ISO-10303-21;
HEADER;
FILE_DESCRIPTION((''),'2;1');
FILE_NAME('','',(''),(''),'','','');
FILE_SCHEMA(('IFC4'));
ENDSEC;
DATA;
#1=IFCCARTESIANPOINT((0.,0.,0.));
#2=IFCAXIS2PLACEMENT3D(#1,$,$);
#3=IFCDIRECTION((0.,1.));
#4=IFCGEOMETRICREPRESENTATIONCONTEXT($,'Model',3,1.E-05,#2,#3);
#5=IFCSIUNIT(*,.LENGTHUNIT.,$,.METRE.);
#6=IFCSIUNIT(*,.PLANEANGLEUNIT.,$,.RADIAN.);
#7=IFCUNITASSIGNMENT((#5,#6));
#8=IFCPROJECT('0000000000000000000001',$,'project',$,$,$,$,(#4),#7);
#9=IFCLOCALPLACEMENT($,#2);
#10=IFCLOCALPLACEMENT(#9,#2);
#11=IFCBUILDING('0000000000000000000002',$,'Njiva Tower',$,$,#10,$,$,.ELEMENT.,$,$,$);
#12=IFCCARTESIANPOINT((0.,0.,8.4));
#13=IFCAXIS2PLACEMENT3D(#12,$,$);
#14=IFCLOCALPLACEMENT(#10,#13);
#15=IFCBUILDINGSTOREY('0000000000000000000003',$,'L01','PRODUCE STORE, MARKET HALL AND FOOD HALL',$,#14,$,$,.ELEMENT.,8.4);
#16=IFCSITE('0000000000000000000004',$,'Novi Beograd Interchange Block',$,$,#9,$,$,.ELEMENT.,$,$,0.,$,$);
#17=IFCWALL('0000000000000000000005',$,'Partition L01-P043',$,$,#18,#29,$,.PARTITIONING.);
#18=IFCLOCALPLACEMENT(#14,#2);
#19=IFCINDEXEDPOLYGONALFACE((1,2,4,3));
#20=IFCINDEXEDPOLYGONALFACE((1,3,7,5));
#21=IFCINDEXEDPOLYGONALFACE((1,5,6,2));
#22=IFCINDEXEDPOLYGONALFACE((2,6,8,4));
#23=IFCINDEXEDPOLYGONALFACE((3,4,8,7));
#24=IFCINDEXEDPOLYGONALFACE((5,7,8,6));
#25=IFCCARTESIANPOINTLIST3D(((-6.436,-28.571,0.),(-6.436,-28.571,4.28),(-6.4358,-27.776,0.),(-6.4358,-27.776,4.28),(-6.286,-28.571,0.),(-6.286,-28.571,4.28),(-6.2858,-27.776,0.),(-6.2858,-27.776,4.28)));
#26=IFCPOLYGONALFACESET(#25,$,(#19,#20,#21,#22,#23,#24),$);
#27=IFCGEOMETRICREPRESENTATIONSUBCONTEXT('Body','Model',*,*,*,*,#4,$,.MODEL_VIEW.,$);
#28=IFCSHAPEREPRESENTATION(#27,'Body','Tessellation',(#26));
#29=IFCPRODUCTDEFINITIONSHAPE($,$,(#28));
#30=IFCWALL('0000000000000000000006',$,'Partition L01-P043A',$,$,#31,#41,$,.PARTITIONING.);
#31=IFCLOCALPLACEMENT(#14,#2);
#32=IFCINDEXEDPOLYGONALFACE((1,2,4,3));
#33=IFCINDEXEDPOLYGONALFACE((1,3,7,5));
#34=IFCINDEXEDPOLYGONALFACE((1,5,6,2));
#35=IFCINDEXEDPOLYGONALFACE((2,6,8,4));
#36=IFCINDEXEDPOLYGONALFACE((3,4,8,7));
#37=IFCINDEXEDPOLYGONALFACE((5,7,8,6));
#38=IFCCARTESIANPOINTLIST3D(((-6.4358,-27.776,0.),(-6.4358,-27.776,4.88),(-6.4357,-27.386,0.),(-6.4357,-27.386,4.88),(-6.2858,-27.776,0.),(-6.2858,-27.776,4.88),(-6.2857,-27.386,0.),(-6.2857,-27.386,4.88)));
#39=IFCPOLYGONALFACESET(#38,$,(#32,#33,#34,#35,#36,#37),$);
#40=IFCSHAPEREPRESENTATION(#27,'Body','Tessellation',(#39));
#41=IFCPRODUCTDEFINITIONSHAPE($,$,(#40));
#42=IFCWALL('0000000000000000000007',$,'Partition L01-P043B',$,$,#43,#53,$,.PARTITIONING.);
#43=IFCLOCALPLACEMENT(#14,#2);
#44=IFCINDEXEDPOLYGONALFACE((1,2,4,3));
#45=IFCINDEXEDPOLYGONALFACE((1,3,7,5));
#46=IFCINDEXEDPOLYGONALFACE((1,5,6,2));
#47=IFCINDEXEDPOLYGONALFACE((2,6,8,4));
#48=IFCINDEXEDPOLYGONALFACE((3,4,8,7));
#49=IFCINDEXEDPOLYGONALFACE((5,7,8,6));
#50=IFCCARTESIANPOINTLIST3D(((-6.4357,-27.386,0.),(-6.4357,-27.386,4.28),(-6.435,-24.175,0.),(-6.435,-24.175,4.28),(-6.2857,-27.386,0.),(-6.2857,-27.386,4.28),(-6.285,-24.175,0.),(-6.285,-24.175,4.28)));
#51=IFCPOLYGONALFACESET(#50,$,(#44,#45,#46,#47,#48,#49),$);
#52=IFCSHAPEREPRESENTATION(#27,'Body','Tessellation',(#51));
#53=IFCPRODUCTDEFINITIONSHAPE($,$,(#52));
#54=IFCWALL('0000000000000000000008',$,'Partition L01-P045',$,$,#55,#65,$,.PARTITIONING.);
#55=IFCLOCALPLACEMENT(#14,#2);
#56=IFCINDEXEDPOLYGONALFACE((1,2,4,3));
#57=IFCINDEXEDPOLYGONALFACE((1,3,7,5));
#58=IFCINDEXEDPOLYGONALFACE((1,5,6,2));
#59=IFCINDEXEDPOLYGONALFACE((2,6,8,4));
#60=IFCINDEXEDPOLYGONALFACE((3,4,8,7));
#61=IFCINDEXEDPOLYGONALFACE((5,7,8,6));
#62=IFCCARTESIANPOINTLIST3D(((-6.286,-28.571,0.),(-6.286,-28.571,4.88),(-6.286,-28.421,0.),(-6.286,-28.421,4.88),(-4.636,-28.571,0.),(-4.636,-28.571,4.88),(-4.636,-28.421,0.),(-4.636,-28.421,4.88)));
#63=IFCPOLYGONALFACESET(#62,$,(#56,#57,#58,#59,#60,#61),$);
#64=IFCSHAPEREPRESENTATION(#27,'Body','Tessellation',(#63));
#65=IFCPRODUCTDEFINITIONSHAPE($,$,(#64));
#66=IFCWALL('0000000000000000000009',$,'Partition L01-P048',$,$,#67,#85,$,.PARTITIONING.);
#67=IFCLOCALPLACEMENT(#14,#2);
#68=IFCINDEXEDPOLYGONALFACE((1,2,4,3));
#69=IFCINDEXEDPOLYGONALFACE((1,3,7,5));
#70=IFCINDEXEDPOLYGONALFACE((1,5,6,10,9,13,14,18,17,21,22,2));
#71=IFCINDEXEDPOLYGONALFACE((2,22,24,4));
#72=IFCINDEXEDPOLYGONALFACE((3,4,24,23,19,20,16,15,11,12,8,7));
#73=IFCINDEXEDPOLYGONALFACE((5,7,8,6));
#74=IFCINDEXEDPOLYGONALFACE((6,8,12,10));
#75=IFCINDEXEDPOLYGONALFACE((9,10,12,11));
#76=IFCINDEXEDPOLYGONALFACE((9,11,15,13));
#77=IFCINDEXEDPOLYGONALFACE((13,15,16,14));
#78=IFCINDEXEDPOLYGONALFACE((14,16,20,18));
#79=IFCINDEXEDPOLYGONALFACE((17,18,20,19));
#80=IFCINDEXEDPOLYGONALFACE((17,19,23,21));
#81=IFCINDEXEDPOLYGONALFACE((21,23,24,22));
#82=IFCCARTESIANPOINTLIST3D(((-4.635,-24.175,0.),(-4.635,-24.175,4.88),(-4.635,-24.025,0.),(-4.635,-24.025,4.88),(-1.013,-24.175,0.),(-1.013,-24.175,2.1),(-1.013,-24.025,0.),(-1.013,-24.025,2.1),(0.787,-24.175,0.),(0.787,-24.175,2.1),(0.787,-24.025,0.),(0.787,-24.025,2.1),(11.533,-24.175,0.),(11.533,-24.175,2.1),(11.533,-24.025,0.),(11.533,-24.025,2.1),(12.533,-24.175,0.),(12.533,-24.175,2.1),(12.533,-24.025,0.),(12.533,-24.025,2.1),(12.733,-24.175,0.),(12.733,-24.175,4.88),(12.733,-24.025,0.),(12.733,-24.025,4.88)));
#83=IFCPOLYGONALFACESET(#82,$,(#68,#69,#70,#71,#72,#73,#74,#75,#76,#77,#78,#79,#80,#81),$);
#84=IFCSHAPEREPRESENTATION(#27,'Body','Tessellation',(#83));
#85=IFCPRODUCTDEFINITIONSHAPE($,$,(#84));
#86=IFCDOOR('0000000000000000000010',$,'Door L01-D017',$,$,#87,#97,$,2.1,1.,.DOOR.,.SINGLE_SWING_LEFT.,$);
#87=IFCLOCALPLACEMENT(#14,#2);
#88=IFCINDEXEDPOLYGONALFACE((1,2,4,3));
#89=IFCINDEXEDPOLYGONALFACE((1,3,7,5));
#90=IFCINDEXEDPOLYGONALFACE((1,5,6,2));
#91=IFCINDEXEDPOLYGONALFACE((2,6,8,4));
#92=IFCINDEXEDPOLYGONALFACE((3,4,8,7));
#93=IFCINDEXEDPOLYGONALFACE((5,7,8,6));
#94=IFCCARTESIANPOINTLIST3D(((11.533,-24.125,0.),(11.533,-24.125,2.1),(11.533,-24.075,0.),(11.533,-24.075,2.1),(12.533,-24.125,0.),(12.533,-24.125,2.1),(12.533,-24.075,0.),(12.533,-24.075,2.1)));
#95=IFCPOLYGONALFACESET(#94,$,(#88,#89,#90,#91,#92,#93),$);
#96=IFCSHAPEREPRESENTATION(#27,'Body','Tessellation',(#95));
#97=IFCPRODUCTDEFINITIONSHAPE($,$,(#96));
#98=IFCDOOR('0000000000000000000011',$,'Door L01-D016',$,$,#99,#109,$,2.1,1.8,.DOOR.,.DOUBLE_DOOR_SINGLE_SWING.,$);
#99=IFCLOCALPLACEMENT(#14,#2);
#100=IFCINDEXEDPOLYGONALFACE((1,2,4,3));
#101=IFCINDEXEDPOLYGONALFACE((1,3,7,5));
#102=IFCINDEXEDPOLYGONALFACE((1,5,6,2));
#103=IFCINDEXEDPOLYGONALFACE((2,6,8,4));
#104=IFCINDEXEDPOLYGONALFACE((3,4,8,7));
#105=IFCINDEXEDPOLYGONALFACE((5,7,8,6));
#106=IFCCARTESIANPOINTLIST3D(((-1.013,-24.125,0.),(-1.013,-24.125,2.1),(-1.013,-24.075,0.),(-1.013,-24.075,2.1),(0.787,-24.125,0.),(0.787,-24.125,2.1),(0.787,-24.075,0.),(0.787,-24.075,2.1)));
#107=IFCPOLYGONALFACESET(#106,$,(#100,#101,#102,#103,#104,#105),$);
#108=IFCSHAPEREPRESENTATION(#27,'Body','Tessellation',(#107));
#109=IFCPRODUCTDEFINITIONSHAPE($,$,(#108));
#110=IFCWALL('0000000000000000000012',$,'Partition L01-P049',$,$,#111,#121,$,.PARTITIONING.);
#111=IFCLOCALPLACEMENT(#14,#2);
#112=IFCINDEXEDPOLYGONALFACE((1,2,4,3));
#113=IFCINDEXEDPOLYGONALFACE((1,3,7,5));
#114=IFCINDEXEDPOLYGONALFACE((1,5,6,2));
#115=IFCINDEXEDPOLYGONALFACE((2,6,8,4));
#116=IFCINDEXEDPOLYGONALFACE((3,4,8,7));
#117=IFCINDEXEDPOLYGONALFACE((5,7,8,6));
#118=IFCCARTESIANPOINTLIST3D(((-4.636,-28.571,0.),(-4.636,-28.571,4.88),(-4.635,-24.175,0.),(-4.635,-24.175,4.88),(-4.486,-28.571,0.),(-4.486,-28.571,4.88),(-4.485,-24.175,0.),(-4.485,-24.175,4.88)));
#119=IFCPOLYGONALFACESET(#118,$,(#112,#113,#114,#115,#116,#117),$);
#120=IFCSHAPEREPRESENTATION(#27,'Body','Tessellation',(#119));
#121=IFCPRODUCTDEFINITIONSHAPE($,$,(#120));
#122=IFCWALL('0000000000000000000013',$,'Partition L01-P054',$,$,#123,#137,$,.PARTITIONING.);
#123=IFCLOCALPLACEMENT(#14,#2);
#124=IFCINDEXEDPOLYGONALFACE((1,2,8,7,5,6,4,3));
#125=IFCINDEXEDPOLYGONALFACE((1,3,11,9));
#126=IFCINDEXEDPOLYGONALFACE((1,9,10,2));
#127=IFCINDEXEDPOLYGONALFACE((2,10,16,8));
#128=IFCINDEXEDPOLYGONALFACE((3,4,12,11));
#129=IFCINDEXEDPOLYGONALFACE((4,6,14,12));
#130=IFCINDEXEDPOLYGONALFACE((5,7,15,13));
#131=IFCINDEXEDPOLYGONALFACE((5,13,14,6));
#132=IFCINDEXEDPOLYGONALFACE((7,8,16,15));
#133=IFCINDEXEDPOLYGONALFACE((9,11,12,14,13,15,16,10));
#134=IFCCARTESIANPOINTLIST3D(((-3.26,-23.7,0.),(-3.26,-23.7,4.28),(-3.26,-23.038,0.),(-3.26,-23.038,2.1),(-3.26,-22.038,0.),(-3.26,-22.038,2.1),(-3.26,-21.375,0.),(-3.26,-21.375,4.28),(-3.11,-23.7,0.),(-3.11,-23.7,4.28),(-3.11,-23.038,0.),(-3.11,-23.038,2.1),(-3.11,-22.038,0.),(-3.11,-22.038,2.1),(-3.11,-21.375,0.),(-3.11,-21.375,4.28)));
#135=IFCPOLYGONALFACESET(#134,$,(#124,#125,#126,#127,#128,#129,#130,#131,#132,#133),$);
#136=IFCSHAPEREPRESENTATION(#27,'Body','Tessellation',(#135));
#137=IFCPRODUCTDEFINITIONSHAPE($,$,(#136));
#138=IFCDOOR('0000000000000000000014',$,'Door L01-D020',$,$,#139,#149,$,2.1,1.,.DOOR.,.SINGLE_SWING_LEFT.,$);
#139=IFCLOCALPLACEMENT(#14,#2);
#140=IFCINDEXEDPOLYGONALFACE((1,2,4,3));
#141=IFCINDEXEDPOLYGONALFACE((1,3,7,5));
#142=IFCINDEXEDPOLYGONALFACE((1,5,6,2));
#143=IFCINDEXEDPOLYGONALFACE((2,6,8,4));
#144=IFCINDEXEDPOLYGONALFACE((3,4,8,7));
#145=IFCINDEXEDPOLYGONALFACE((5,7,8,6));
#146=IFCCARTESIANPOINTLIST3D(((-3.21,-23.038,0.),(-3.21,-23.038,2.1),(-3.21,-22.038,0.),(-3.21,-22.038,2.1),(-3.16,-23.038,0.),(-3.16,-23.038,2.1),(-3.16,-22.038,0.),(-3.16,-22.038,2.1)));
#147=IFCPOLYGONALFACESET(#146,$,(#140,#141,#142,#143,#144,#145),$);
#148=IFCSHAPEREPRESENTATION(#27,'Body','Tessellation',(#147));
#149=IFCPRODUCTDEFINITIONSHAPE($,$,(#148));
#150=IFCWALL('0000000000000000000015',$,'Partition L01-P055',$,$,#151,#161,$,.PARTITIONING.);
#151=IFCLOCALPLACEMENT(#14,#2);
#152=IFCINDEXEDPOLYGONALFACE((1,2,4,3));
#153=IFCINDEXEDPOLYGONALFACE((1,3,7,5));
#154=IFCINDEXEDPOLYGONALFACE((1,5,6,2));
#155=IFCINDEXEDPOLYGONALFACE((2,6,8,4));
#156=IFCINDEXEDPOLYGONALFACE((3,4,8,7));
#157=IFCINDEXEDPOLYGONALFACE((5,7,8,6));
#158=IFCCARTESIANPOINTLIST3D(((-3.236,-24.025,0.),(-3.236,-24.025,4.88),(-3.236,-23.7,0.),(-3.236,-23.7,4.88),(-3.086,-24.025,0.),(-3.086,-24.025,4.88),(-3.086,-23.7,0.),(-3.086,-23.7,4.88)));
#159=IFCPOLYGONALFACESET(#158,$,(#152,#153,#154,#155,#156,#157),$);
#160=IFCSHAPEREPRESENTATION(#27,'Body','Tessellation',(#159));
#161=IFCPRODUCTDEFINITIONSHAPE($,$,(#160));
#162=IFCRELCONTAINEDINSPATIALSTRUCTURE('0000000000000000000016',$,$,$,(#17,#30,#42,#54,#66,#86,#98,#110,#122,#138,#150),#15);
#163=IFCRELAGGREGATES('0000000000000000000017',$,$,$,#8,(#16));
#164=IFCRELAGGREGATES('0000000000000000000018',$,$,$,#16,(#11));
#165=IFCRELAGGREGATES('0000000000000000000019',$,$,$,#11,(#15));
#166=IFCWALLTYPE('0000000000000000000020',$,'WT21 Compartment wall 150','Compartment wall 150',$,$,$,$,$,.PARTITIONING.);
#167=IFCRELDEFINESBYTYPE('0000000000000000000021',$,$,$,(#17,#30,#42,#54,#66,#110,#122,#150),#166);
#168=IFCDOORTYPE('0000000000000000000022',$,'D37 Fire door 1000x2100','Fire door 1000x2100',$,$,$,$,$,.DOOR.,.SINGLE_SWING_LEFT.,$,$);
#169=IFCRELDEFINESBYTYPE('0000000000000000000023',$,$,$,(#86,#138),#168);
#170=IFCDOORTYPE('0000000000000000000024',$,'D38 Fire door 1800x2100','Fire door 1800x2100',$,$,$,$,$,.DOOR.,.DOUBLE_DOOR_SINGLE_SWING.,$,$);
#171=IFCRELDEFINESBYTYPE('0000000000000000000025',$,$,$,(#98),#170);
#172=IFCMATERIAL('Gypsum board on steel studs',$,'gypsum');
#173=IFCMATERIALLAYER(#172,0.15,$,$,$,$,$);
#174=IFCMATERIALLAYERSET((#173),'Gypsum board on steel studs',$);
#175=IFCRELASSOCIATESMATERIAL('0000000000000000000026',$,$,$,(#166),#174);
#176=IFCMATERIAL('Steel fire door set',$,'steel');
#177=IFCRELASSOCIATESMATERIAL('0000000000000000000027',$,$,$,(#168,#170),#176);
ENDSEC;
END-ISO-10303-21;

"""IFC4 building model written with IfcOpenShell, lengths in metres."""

from ifc_helpers import new_model, si_unit, direction, frame, frame_2d, origin, place, context, subcontext, project, spatial, rectangle, extrude, material, layer, layer_set, type_object, element, fill, save


model = new_model("IFC4")

# Units and contexts
model_context = context("Model", 3, precision=1e-05, world=origin(), true_north=direction((0.0, 1.0)))
body_context = subcontext(model_context, "Body", "Model", "MODEL_VIEW")
ifc_project = project(units=[si_unit("LENGTHUNIT", "METRE"), si_unit("PLANEANGLEUNIT", "RADIAN")], contexts=[model_context])

# Site, building, storey
site_placement = place(None, origin())
site = spatial("IfcSite", under=ifc_project, at=site_placement, Name="Novi Beograd Interchange Block", CompositionType="ELEMENT", RefElevation=0.0)
building_placement = place(site_placement, origin())
building = spatial("IfcBuilding", under=site, at=building_placement, Name="Njiva Tower", CompositionType="ELEMENT")
storey_placement = place(building_placement, frame((0.0, 0.0, 8.4)))
storey = spatial("IfcBuildingStorey", under=building, at=storey_placement, Name="L01", Description="PRODUCE STORE, MARKET HALL AND FOOD HALL", CompositionType="ELEMENT", Elevation=8.4)

# Walls
ifc_material_1 = material(Name="Gypsum board on steel studs", Category="gypsum")
ifc_layer = layer(ifc_material_1, 0.15)
ifc_layer_set = layer_set([ifc_layer], Name="Gypsum board on steel studs")
wall_type = type_object("IfcWallType", Name="WT21 Compartment wall 150", Description="Compartment wall 150", PredefinedType="PARTITIONING", material=ifc_layer_set)
wall_1_placement = place(storey_placement, frame((-6.361, -28.571, 0.0), z_axis=(0.0, 0.0, 1.0), x_axis=(0.000252, 1.0, 0.0)))
element("IfcWall", 1, at=wall_1_placement, inside=storey, type_object=wall_type, Name="Partition L01-P043", PredefinedType="PARTITIONING", context=body_context, shape_type="SweptSolid", body=[
    extrude(rectangle(XDim=0.795, YDim=0.15, at=frame_2d((0.3975, 0.0))), origin(), (0.0, 0.0, 1.0), 4.28),
])
wall_2_placement = place(storey_placement, frame((-6.3608, -27.776, 0.0), z_axis=(0.0, 0.0, 1.0), x_axis=(0.000256, 1.0, 0.0)))
element("IfcWall", 2, at=wall_2_placement, inside=storey, type_object=wall_type, Name="Partition L01-P043A", PredefinedType="PARTITIONING", context=body_context, shape_type="SweptSolid", body=[
    extrude(rectangle(XDim=0.39, YDim=0.15, at=frame_2d((0.195, 0.0))), origin(), (0.0, 0.0, 1.0), 4.88),
])
wall_3_placement = place(storey_placement, frame((-6.3607, -27.386, 0.0), z_axis=(0.0, 0.0, 1.0), x_axis=(0.000218, 1.0, 0.0)))
element("IfcWall", 3, at=wall_3_placement, inside=storey, type_object=wall_type, Name="Partition L01-P043B", PredefinedType="PARTITIONING", context=body_context, shape_type="SweptSolid", body=[
    extrude(rectangle(XDim=3.211, YDim=0.15, at=frame_2d((1.6055, 0.0))), origin(), (0.0, 0.0, 1.0), 4.28),
])
wall_4_placement = place(storey_placement, frame((-6.286, -28.496, 0.0), z_axis=(0.0, 0.0, 1.0), x_axis=(1.0, 0.0, 0.0)))
element("IfcWall", 4, at=wall_4_placement, inside=storey, type_object=wall_type, Name="Partition L01-P045", PredefinedType="PARTITIONING", context=body_context, shape_type="SweptSolid", body=[
    extrude(rectangle(XDim=1.65, YDim=0.15, at=frame_2d((0.825, 0.0))), origin(), (0.0, 0.0, 1.0), 4.88),
])

# Wall, openings, doors
wall_5_placement = place(storey_placement, frame((-4.635, -24.1, 0.0), z_axis=(0.0, 0.0, 1.0), x_axis=(1.0, 0.0, 0.0)))
wall_5 = element("IfcWall", 5, at=wall_5_placement, inside=storey, type_object=wall_type, Name="Partition L01-P048", PredefinedType="PARTITIONING", context=body_context, shape_type="SweptSolid", body=[
    extrude(rectangle(XDim=17.368, YDim=0.15, at=frame_2d((8.684, 0.0))), origin(), (0.0, 0.0, 1.0), 4.88),
])
opening_1_placement = place(wall_5_placement, frame((3.622, 0.0, 0.0)))
opening_1 = element("IfcOpeningElement", 6, at=opening_1_placement, cuts=wall_5, PredefinedType="OPENING", context=body_context, shape_type="SweptSolid", body=[
    extrude(rectangle(XDim=1.8, YDim=2.1, at=frame_2d((0.9, 1.05))), frame((0.0, 0.085, 0.0), z_axis=(0.0, -1.0, 0.0), x_axis=(1.0, 0.0, 0.0)), (0.0, 0.0, 1.0), 0.17),
])
opening_2_placement = place(wall_5_placement, frame((16.168, 0.0, 0.0)))
opening_2 = element("IfcOpeningElement", 7, at=opening_2_placement, cuts=wall_5, PredefinedType="OPENING", context=body_context, shape_type="SweptSolid", body=[
    extrude(rectangle(XDim=1.0, YDim=2.1, at=frame_2d((0.5, 1.05))), frame((0.0, 0.085, 0.0), z_axis=(0.0, -1.0, 0.0), x_axis=(1.0, 0.0, 0.0)), (0.0, 0.0, 1.0), 0.17),
])
ifc_material_2 = material(Name="Steel fire door set", Category="steel")
door_type_1 = type_object("IfcDoorType", Name="D37 Fire door 1000x2100", Description="Fire door 1000x2100", OperationType="SINGLE_SWING_LEFT", PredefinedType="DOOR", material=ifc_material_2)
door_1_placement = place(opening_2_placement, origin())
door_1 = element("IfcDoor", 8, at=door_1_placement, inside=storey, type_object=door_type_1, Name="Door L01-D017", OperationType="SINGLE_SWING_LEFT", OverallHeight=2.1, OverallWidth=1.0, PredefinedType="DOOR", context=body_context, shape_type="SweptSolid", body=[
    extrude(rectangle(XDim=1.0, YDim=2.1, at=frame_2d((0.5, 1.05))), frame((0.0, 0.025, 0.0), z_axis=(0.0, -1.0, 0.0), x_axis=(1.0, 0.0, 0.0)), (0.0, 0.0, 1.0), 0.05),
])
fill(opening_2, door_1)
door_type_2 = type_object("IfcDoorType", Name="D38 Fire door 1800x2100", Description="Fire door 1800x2100", OperationType="DOUBLE_DOOR_SINGLE_SWING", PredefinedType="DOOR", material=ifc_material_2)
door_2_placement = place(opening_1_placement, origin())
door_2 = element("IfcDoor", 9, at=door_2_placement, inside=storey, type_object=door_type_2, Name="Door L01-D016", OperationType="DOUBLE_DOOR_SINGLE_SWING", OverallHeight=2.1, OverallWidth=1.8, PredefinedType="DOOR", context=body_context, shape_type="SweptSolid", body=[
    extrude(rectangle(XDim=1.8, YDim=2.1, at=frame_2d((0.9, 1.05))), frame((0.0, 0.025, 0.0), z_axis=(0.0, -1.0, 0.0), x_axis=(1.0, 0.0, 0.0)), (0.0, 0.0, 1.0), 0.05),
])
fill(opening_1, door_2)

# Wall
wall_6_placement = place(storey_placement, frame((-4.561, -28.571, 0.0), z_axis=(0.0, 0.0, 1.0), x_axis=(0.000227, 1.0, 0.0)))
element("IfcWall", 10, at=wall_6_placement, inside=storey, type_object=wall_type, Name="Partition L01-P049", PredefinedType="PARTITIONING", context=body_context, shape_type="SweptSolid", body=[
    extrude(rectangle(XDim=4.396, YDim=0.15, at=frame_2d((2.198, 0.0))), origin(), (0.0, 0.0, 1.0), 4.88),
])

# Wall, opening, door
wall_7_placement = place(storey_placement, frame((-3.185, -23.7, 0.0), z_axis=(0.0, 0.0, 1.0), x_axis=(0.0, 1.0, 0.0)))
wall_7 = element("IfcWall", 11, at=wall_7_placement, inside=storey, type_object=wall_type, Name="Partition L01-P054", PredefinedType="PARTITIONING", context=body_context, shape_type="SweptSolid", body=[
    extrude(rectangle(XDim=2.325, YDim=0.15, at=frame_2d((1.1625, 0.0))), origin(), (0.0, 0.0, 1.0), 4.28),
])
opening_3_placement = place(wall_7_placement, frame((0.662, 0.0, 0.0)))
opening_3 = element("IfcOpeningElement", 12, at=opening_3_placement, cuts=wall_7, PredefinedType="OPENING", context=body_context, shape_type="SweptSolid", body=[
    extrude(rectangle(XDim=1.0, YDim=2.1, at=frame_2d((0.5, 1.05))), frame((0.0, 0.085, 0.0), z_axis=(0.0, -1.0, 0.0), x_axis=(1.0, 0.0, 0.0)), (0.0, 0.0, 1.0), 0.17),
])
door_3_placement = place(opening_3_placement, origin())
door_3 = element("IfcDoor", 13, at=door_3_placement, inside=storey, type_object=door_type_1, Name="Door L01-D020", OperationType="SINGLE_SWING_LEFT", OverallHeight=2.1, OverallWidth=1.0, PredefinedType="DOOR", context=body_context, shape_type="SweptSolid", body=[
    extrude(rectangle(XDim=1.0, YDim=2.1, at=frame_2d((0.5, 1.05))), frame((0.0, 0.025, 0.0), z_axis=(0.0, -1.0, 0.0), x_axis=(1.0, 0.0, 0.0)), (0.0, 0.0, 1.0), 0.05),
])
fill(opening_3, door_3)

# Wall
wall_8_placement = place(storey_placement, frame((-3.161, -24.025, 0.0), z_axis=(0.0, 0.0, 1.0), x_axis=(0.0, 1.0, 0.0)))
element("IfcWall", 14, at=wall_8_placement, inside=storey, type_object=wall_type, Name="Partition L01-P055", PredefinedType="PARTITIONING", context=body_context, shape_type="SweptSolid", body=[
    extrude(rectangle(XDim=0.325, YDim=0.15, at=frame_2d((0.1625, 0.0))), origin(), (0.0, 0.0, 1.0), 4.88),
])

save(model, "model.ifc")
